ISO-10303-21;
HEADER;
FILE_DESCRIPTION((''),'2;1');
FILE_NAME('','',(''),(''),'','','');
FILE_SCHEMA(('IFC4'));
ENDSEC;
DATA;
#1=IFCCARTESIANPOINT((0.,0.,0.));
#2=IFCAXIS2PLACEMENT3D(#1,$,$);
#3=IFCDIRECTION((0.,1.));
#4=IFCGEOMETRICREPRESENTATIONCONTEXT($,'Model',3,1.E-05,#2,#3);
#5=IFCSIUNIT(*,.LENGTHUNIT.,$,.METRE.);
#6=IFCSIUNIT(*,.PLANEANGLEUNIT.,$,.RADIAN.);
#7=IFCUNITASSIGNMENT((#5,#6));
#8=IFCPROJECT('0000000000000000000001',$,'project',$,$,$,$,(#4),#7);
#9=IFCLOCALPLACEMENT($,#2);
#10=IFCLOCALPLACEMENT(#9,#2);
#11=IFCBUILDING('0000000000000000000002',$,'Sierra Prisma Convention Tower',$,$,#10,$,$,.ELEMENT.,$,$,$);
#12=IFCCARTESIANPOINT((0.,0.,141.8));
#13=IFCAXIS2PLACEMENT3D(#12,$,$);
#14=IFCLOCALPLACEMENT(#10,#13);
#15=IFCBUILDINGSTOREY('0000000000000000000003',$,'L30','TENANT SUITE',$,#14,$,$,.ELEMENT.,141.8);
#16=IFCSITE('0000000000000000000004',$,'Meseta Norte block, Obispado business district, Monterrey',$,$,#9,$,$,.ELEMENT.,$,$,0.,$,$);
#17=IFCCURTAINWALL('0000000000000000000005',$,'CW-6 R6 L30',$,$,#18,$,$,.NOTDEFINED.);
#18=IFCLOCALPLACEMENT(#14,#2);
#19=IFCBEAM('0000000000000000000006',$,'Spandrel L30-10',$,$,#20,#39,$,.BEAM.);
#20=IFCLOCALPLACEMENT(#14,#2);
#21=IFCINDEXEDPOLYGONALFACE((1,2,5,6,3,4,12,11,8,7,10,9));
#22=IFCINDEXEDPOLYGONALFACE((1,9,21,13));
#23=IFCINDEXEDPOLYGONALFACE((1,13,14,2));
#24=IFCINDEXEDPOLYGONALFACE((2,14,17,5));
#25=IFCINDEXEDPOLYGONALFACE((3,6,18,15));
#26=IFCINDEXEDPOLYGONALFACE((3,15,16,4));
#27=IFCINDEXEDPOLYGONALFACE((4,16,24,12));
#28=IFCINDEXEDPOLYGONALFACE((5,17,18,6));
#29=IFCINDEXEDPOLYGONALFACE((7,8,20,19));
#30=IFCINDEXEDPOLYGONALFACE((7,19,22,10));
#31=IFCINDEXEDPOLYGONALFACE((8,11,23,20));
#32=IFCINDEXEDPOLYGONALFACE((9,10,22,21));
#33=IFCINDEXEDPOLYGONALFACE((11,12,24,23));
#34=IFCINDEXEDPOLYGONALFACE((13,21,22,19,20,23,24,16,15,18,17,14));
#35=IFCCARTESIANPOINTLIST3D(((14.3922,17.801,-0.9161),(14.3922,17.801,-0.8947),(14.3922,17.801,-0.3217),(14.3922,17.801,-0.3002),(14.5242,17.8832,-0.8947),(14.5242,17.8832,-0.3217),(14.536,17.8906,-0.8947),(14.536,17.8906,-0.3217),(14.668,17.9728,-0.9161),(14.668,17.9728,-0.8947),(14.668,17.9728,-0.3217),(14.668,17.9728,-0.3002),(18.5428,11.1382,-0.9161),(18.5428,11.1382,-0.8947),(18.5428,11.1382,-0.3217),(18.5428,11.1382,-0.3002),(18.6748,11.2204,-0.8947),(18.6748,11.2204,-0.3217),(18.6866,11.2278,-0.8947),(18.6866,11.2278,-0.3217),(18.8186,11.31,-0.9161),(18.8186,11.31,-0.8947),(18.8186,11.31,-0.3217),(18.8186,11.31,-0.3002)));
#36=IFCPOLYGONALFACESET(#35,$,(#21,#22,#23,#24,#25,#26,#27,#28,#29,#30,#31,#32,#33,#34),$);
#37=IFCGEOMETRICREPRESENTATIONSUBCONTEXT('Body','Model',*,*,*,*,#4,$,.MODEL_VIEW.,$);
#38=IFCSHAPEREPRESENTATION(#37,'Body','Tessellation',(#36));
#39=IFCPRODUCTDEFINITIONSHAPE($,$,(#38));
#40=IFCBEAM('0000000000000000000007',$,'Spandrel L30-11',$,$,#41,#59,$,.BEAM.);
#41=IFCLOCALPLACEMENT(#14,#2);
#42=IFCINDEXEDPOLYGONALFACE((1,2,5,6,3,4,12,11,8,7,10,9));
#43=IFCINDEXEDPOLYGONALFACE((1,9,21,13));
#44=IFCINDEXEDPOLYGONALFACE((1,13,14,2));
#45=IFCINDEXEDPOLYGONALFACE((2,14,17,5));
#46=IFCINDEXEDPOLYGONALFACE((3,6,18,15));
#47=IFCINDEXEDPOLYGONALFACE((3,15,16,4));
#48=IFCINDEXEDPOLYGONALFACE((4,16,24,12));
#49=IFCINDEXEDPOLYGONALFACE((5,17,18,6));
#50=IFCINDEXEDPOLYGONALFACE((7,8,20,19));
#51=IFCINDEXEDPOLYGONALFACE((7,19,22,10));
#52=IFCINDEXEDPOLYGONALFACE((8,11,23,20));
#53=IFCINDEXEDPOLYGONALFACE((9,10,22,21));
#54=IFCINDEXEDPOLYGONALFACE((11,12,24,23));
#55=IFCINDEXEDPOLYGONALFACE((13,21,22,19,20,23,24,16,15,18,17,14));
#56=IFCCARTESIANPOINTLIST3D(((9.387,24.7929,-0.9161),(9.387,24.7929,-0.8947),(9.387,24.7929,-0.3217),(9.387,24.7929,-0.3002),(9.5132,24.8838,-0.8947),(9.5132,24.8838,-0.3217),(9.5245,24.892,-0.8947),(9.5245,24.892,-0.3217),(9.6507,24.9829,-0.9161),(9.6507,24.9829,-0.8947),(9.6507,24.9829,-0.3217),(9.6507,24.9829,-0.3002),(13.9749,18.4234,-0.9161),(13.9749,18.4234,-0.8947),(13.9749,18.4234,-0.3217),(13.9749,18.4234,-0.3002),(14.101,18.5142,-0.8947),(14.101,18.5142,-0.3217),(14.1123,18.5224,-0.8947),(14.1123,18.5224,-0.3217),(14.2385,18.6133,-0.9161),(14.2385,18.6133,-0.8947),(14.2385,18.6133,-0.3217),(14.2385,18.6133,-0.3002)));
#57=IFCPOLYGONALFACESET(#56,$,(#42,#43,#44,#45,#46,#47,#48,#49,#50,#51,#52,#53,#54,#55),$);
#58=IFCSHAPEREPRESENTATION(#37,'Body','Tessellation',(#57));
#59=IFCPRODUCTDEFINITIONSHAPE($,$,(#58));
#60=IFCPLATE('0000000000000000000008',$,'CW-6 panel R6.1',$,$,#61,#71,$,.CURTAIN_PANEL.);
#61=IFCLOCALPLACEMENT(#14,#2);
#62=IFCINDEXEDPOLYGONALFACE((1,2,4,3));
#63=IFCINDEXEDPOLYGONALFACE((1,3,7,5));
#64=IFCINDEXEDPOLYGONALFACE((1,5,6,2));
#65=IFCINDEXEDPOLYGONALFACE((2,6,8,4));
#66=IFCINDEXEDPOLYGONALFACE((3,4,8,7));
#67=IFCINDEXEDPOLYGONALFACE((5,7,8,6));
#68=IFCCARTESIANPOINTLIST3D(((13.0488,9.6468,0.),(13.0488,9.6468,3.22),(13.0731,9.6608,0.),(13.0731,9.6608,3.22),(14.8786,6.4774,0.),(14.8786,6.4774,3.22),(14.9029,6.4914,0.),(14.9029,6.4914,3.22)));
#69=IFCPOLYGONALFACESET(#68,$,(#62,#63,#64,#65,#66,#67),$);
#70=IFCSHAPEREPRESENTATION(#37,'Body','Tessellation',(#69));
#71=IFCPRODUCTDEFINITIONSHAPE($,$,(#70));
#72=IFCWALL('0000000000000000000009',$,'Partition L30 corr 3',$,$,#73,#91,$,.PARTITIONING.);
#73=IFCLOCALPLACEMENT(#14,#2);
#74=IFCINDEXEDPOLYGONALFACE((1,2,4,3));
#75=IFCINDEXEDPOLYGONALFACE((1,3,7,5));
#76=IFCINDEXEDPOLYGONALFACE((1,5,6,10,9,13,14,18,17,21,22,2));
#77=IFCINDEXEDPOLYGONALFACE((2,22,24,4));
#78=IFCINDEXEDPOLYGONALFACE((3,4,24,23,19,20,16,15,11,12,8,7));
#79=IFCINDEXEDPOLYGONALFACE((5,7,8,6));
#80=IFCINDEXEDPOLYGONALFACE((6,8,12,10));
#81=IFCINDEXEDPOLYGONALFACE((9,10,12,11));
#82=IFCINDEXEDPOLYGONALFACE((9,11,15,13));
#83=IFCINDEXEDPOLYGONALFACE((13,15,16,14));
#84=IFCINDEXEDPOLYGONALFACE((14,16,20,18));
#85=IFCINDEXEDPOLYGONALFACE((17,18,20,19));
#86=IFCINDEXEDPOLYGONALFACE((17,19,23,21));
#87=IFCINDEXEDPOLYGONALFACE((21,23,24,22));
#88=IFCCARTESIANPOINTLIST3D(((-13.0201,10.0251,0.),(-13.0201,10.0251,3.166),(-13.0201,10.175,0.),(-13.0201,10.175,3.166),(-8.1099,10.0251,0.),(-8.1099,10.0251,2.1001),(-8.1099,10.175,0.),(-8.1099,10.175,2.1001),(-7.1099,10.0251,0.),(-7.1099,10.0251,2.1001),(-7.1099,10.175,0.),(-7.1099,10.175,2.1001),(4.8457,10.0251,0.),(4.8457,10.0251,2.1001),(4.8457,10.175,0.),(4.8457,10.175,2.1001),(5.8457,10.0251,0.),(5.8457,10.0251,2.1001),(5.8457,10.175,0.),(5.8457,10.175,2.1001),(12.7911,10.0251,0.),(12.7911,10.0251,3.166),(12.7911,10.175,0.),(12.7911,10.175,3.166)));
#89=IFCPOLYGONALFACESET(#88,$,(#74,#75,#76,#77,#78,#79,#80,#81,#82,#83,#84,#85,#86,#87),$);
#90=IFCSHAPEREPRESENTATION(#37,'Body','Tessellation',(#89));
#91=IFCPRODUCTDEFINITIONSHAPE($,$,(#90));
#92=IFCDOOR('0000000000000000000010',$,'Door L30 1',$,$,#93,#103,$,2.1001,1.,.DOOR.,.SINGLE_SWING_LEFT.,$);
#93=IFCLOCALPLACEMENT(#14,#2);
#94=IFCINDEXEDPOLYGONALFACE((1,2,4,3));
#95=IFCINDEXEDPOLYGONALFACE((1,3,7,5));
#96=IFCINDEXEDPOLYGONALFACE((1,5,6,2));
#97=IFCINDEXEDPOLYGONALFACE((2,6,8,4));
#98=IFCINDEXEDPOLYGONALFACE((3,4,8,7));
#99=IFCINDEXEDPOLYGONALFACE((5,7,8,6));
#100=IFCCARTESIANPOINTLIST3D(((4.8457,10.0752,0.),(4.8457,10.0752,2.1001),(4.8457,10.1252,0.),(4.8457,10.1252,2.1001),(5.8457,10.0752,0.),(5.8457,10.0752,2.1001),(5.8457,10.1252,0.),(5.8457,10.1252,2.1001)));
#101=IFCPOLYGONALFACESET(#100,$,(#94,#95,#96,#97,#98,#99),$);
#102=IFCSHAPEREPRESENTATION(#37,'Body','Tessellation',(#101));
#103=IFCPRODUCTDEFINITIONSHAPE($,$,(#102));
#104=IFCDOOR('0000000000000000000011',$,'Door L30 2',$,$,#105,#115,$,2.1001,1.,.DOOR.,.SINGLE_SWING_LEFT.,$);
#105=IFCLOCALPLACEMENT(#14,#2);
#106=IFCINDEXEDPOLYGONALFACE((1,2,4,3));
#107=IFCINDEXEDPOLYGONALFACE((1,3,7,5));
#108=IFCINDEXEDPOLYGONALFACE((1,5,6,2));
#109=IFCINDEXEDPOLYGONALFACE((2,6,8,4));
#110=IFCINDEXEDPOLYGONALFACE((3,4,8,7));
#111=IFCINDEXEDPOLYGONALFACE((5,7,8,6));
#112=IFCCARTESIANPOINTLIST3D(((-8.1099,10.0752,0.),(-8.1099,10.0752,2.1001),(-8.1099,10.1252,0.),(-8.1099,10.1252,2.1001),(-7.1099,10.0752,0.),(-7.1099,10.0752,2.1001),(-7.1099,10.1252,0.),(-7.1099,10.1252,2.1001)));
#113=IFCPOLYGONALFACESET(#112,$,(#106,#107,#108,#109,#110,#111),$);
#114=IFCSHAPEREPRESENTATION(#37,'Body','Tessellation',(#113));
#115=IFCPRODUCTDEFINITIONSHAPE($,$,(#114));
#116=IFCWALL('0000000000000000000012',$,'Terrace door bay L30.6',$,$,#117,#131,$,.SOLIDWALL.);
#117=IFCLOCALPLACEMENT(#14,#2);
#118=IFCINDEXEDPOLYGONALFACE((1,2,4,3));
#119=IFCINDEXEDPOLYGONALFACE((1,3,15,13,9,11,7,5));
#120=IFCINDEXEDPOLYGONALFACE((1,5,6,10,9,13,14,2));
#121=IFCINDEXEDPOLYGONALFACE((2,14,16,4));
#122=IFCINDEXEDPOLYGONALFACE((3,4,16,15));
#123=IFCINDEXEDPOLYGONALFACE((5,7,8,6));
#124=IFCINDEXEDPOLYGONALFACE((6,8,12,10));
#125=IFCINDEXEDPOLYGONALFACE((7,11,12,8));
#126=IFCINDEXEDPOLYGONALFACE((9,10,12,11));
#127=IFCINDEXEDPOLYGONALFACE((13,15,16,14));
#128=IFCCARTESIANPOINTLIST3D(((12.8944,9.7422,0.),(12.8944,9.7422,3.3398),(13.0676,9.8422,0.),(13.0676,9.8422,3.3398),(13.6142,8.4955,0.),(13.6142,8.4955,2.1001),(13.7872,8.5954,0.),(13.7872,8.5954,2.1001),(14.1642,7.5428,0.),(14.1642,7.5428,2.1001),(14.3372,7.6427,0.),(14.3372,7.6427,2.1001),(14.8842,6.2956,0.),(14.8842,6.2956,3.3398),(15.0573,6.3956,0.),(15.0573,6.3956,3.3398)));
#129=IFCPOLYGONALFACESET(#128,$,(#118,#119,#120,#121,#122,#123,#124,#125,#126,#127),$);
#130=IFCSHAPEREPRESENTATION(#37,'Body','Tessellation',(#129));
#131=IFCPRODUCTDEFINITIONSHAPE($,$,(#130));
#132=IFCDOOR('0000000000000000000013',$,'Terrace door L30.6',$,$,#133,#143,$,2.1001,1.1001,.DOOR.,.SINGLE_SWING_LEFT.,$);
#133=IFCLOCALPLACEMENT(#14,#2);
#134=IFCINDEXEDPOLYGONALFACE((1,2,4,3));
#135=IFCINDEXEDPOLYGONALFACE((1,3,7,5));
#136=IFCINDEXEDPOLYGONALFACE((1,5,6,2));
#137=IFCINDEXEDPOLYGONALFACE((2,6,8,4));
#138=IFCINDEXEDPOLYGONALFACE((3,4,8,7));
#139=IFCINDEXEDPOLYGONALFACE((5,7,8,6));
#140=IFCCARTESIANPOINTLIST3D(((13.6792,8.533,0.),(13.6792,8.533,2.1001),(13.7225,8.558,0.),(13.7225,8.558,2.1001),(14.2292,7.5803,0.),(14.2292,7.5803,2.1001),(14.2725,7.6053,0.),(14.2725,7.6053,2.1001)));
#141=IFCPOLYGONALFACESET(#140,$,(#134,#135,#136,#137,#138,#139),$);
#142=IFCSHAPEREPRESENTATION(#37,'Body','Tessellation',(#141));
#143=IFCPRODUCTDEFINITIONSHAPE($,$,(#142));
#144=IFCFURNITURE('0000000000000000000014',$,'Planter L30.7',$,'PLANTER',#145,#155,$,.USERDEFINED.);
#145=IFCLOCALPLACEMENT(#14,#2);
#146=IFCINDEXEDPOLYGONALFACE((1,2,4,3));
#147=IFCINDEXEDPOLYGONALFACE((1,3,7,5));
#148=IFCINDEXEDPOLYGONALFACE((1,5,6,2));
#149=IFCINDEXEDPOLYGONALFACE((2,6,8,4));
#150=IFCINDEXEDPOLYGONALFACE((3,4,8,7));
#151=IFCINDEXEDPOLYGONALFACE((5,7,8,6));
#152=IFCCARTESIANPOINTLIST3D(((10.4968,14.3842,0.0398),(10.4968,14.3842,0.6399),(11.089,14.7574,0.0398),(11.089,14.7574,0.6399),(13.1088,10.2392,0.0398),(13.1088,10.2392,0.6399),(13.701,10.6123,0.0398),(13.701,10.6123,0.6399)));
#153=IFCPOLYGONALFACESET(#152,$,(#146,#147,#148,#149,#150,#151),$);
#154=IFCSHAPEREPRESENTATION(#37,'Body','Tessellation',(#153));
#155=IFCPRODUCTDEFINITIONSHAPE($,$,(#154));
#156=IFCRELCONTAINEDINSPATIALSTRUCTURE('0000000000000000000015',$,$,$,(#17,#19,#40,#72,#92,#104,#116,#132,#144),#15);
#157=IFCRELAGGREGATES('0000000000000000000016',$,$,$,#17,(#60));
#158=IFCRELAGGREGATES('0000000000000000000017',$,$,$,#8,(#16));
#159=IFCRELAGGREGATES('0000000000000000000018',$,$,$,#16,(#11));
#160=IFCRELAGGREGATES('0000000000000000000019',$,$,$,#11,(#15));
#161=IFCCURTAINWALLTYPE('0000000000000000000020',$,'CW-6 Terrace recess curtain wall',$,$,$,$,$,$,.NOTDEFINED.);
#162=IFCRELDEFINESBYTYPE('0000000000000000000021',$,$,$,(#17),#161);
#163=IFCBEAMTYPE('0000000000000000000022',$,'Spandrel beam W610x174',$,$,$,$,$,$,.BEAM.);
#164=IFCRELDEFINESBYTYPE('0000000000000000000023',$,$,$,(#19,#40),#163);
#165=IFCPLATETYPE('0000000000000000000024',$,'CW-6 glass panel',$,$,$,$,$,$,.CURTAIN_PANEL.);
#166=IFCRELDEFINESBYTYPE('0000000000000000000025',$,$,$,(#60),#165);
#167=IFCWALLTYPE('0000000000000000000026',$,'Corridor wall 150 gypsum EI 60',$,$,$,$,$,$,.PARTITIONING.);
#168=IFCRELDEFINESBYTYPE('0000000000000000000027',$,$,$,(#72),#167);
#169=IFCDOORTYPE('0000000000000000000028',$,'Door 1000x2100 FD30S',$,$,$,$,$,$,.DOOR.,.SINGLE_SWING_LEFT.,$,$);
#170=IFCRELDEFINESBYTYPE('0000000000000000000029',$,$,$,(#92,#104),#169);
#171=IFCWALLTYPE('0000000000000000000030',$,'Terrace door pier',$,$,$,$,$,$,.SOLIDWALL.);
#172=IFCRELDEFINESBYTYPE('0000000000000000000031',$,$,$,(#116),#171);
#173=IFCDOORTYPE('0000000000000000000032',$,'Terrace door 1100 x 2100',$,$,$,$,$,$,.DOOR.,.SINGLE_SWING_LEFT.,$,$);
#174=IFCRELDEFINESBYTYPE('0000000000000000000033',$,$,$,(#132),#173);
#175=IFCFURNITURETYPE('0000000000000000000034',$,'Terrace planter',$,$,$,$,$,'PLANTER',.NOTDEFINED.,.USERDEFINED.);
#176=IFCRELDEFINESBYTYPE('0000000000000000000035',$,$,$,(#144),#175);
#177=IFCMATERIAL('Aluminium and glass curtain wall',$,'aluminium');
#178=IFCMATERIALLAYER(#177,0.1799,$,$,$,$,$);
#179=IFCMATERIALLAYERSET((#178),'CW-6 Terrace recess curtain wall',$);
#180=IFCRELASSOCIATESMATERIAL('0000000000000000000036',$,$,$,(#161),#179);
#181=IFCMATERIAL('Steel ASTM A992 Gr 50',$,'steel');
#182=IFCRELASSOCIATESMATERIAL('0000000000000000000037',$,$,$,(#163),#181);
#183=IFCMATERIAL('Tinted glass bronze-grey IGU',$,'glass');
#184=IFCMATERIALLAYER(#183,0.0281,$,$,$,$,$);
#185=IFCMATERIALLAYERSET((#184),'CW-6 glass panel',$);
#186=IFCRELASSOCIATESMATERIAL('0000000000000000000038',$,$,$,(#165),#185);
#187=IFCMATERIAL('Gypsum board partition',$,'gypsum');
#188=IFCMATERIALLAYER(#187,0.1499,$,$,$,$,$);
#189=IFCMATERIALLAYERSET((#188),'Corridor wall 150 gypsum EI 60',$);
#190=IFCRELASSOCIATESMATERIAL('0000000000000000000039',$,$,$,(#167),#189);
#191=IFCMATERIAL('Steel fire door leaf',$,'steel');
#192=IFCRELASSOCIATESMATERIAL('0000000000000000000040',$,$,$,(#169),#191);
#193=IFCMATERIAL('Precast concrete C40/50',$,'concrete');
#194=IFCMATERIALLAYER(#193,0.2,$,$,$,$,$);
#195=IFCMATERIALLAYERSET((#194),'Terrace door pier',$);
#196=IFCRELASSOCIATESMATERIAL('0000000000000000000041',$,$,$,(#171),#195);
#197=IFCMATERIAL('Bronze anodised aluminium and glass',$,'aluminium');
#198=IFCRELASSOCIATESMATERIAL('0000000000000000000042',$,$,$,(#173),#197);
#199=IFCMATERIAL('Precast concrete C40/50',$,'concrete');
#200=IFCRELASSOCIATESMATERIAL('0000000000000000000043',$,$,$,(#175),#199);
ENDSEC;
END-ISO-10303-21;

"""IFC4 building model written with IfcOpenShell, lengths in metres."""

from ifc_helpers import new_model, si_unit, direction, frame, frame_2d, origin, origin_2d, place, context, subcontext, project, spatial, rectangle, i_section, extrude, material, layer, layer_set, material_profile, profile_set, type_object, element, fill, aggregate, save


model = new_model("IFC4")

# Units and contexts
model_context = context("Model", 3, precision=1e-05, world=origin(), true_north=direction((0.0, 1.0)))
body_context = subcontext(model_context, "Body", "Model", "MODEL_VIEW")
ifc_project = project(units=[si_unit("LENGTHUNIT", "METRE"), si_unit("PLANEANGLEUNIT", "RADIAN")], contexts=[model_context])

# Site, building, storey
site_placement = place(None, origin())
site = spatial("IfcSite", under=ifc_project, at=site_placement, Name="Meseta Norte block, Obispado business district, Monterrey", CompositionType="ELEMENT", RefElevation=0.0)
building_placement = place(site_placement, origin())
building = spatial("IfcBuilding", under=site, at=building_placement, Name="Sierra Prisma Convention Tower", CompositionType="ELEMENT")
storey_placement = place(building_placement, frame((0.0, 0.0, 141.8)))
storey = spatial("IfcBuildingStorey", under=building, at=storey_placement, Name="L30", Description="TENANT SUITE", CompositionType="ELEMENT", Elevation=141.8)

# Curtain wall
ifc_material_1 = material(Name="Aluminium and glass curtain wall", Category="aluminium")
ifc_layer_1 = layer(ifc_material_1, 0.1799)
ifc_layer_set_1 = layer_set([ifc_layer_1], Name="CW-6 Terrace recess curtain wall")
curtain_wall_type = type_object("IfcCurtainWallType", Name="CW-6 Terrace recess curtain wall", PredefinedType="NOTDEFINED", material=ifc_layer_set_1)
curtain_wall_1_placement = place(storey_placement, origin())
curtain_wall_1 = element("IfcCurtainWall", 1, at=curtain_wall_1_placement, inside=storey, type_object=curtain_wall_type, Name="CW-6 R6 L30", PredefinedType="NOTDEFINED")

# Beams
ifc_material_2 = material(Name="Steel ASTM A992 Gr 50", Category="steel")
ifc_material_profile_1 = material_profile(ifc_material_2, i_section(OverallWidth=0.325, OverallDepth=0.616, WebThickness=0.0139, FlangeThickness=0.0215, at=origin_2d()), Name="W610x174")
ifc_profile_set_1 = profile_set([ifc_material_profile_1], Name="Steel ASTM A992 Gr 50")
beam_type_1 = type_object("IfcBeamType", Name="Spandrel beam W610x174", PredefinedType="BEAM", material=ifc_profile_set_1)
for number, where, z_axis, x_axis, name in (
    (2, (18.6807, 11.2241, -0.6082), (-0.528749, 0.848778, 0.0), (-0.848778, -0.528749, 0.0), "Spandrel L30-10"),
    (3, (14.1067, 18.5183, -0.6082), (-0.584452, 0.811428, 0.0), (-0.811428, -0.584452, 0.0), "Spandrel L30-11"),
):
    element("IfcBeam", number, at=place(storey_placement, frame(where, z_axis=z_axis, x_axis=x_axis)), inside=storey, type_object=beam_type_1, Name=name, PredefinedType="BEAM", context=body_context, shape_type="SweptSolid", body=[
        extrude(i_section(OverallWidth=0.325, OverallDepth=0.616, WebThickness=0.0139, FlangeThickness=0.0215, at=origin_2d()), origin(), (0.0, 0.0, 1.0), 7.8499),
    ])

# Plate
ifc_material_3 = material(Name="Tinted glass bronze-grey IGU", Category="glass")
ifc_layer_2 = layer(ifc_material_3, 0.0281)
ifc_layer_set_2 = layer_set([ifc_layer_2], Name="CW-6 glass panel")
plate_type = type_object("IfcPlateType", Name="CW-6 glass panel", PredefinedType="CURTAIN_PANEL", material=ifc_layer_set_2)
plate_placement = place(storey_placement, frame((13.9758, 8.0691, 0.0), z_axis=(0.0, 0.0, 1.0), x_axis=(-0.5, 0.866025, 0.0)))
plate = element("IfcPlate", 4, at=plate_placement, type_object=plate_type, Name="CW-6 panel R6.1", PredefinedType="CURTAIN_PANEL", context=body_context, shape_type="SweptSolid", body=[
    extrude(rectangle(XDim=3.6597, YDim=0.0281, at=origin_2d()), origin(), (0.0, 0.0, 1.0), 3.22),
])
aggregate(curtain_wall_1, [plate])

# Wall, openings, doors
ifc_material_4 = material(Name="Gypsum board partition", Category="gypsum")
ifc_layer_3 = layer(ifc_material_4, 0.1499)
ifc_layer_set_3 = layer_set([ifc_layer_3], Name="Corridor wall 150 gypsum EI 60")
wall_type_1 = type_object("IfcWallType", Name="Corridor wall 150 gypsum EI 60", PredefinedType="PARTITIONING", material=ifc_layer_set_3)
wall_1_placement = place(storey_placement, frame((12.7913, 10.1001, 0.0), z_axis=(0.0, 0.0, 1.0), x_axis=(-1.0, 0.0, 0.0)))
wall_1 = element("IfcWall", 5, at=wall_1_placement, inside=storey, type_object=wall_type_1, Name="Partition L30 corr 3", PredefinedType="PARTITIONING", context=body_context, shape_type="SweptSolid", body=[
    extrude(rectangle(XDim=25.8113, YDim=0.1499, at=frame_2d((12.9058, 0.0))), origin(), (0.0, 0.0, 1.0), 3.166),
])
opening_1_placement = place(wall_1_placement, frame((6.9456, 0.0, 0.0)))
opening_1 = element("IfcOpeningElement", 6, at=opening_1_placement, cuts=wall_1, PredefinedType="OPENING", context=body_context, shape_type="SweptSolid", body=[
    extrude(rectangle(XDim=1.0, YDim=2.1001, at=frame_2d((0.5, 1.05))), frame((0.0, 0.075, 0.0), z_axis=(0.0, -1.0, 0.0), x_axis=(1.0, 0.0, 0.0)), (0.0, 0.0, 1.0), 0.1499),
])
opening_2_placement = place(wall_1_placement, frame((19.9011, 0.0, 0.0)))
opening_2 = element("IfcOpeningElement", 7, at=opening_2_placement, cuts=wall_1, PredefinedType="OPENING", context=body_context, shape_type="SweptSolid", body=[
    extrude(rectangle(XDim=1.0, YDim=2.1001, at=frame_2d((0.5, 1.05))), frame((0.0, 0.075, 0.0), z_axis=(0.0, -1.0, 0.0), x_axis=(1.0, 0.0, 0.0)), (0.0, 0.0, 1.0), 0.1499),
])
ifc_material_5 = material(Name="Steel fire door leaf", Category="steel")
door_type_1 = type_object("IfcDoorType", Name="Door 1000x2100 FD30S", OperationType="SINGLE_SWING_LEFT", PredefinedType="DOOR", material=ifc_material_5)
door_1_placement = place(opening_1_placement, origin())
door_1 = element("IfcDoor", 8, at=door_1_placement, inside=storey, type_object=door_type_1, Name="Door L30 1", OperationType="SINGLE_SWING_LEFT", OverallHeight=2.1001, OverallWidth=1.0, PredefinedType="DOOR", context=body_context, shape_type="SweptSolid", body=[
    extrude(rectangle(XDim=1.0, YDim=2.1001, at=frame_2d((0.5, 1.05))), frame((0.0, 0.0249, 0.0), z_axis=(0.0, -1.0, 0.0), x_axis=(1.0, 0.0, 0.0)), (0.0, 0.0, 1.0), 0.05),
])
fill(opening_1, door_1)
door_2_placement = place(opening_2_placement, origin())
door_2 = element("IfcDoor", 9, at=door_2_placement, inside=storey, type_object=door_type_1, Name="Door L30 2", OperationType="SINGLE_SWING_LEFT", OverallHeight=2.1001, OverallWidth=1.0, PredefinedType="DOOR", context=body_context, shape_type="SweptSolid", body=[
    extrude(rectangle(XDim=1.0, YDim=2.1001, at=frame_2d((0.5, 1.05))), frame((0.0, 0.0249, 0.0), z_axis=(0.0, -1.0, 0.0), x_axis=(1.0, 0.0, 0.0)), (0.0, 0.0, 1.0), 0.05),
])
fill(opening_2, door_2)

# Wall, opening, door
ifc_material_6 = material(Name="Precast concrete C40/50", Category="concrete")
ifc_layer_4 = layer(ifc_material_6, 0.2)
ifc_layer_set_4 = layer_set([ifc_layer_4], Name="Terrace door pier")
wall_type_2 = type_object("IfcWallType", Name="Terrace door pier", PredefinedType="SOLIDWALL", material=ifc_layer_set_4)
wall_2_placement = place(storey_placement, frame((14.9707, 6.3457, 0.0), z_axis=(0.0, 0.0, 1.0), x_axis=(-0.499979, 0.866037, 0.0)))
wall_2 = element("IfcWall", 10, at=wall_2_placement, inside=storey, type_object=wall_type_2, Name="Terrace door bay L30.6", PredefinedType="SOLIDWALL", context=body_context, shape_type="SweptSolid", body=[
    extrude(rectangle(XDim=3.9797, YDim=0.2, at=frame_2d((1.9897, 0.0))), origin(), (0.0, 0.0, 1.0), 3.3398),
])
opening_3_placement = place(wall_2_placement, frame((1.4399, 0.0, 0.0)))
opening_3 = element("IfcOpeningElement", 11, at=opening_3_placement, cuts=wall_2, PredefinedType="OPENING", context=body_context, shape_type="SweptSolid", body=[
    extrude(rectangle(XDim=1.1001, YDim=2.1001, at=frame_2d((0.55, 1.05))), frame((0.0, 0.1001, 0.0), z_axis=(0.0, -1.0, 0.0), x_axis=(1.0, 0.0, 0.0)), (0.0, 0.0, 1.0), 0.2),
])
ifc_material_7 = material(Name="Bronze anodised aluminium and glass", Category="aluminium")
door_type_2 = type_object("IfcDoorType", Name="Terrace door 1100 x 2100", OperationType="SINGLE_SWING_LEFT", PredefinedType="DOOR", material=ifc_material_7)
door_3_placement = place(opening_3_placement, origin())
door_3 = element("IfcDoor", 12, at=door_3_placement, inside=storey, type_object=door_type_2, Name="Terrace door L30.6", OperationType="SINGLE_SWING_LEFT", OverallHeight=2.1001, OverallWidth=1.1001, PredefinedType="DOOR", context=body_context, shape_type="SweptSolid", body=[
    extrude(rectangle(XDim=1.1001, YDim=2.1001, at=frame_2d((0.55, 1.05))), frame((0.0, 0.0249, 0.0), z_axis=(0.0, -1.0, 0.0), x_axis=(1.0, 0.0, 0.0)), (0.0, 0.0, 1.0), 0.05),
])
fill(opening_3, door_3)

# Furniture
ifc_material_8 = material(Name="Precast concrete C40/50", Category="concrete")
furniture_type = type_object("IfcFurnitureType", Name="Terrace planter", ElementType="PLANTER", AssemblyPlace="NOTDEFINED", PredefinedType="USERDEFINED", material=ifc_material_8)
furniture_placement = place(storey_placement, frame((12.0989, 12.4983, 0.0398), z_axis=(0.0, 0.0, 1.0), x_axis=(-0.533129, 0.846034, 0.0)))
element("IfcFurniture", 13, at=furniture_placement, inside=storey, type_object=furniture_type, Name="Planter L30.7", ObjectType="PLANTER", PredefinedType="USERDEFINED", context=body_context, shape_type="SweptSolid", body=[
    extrude(rectangle(XDim=4.8994, YDim=0.7, at=origin_2d()), origin(), (0.0, 0.0, 1.0), 0.6001),
])

save(model, "model.ifc")
